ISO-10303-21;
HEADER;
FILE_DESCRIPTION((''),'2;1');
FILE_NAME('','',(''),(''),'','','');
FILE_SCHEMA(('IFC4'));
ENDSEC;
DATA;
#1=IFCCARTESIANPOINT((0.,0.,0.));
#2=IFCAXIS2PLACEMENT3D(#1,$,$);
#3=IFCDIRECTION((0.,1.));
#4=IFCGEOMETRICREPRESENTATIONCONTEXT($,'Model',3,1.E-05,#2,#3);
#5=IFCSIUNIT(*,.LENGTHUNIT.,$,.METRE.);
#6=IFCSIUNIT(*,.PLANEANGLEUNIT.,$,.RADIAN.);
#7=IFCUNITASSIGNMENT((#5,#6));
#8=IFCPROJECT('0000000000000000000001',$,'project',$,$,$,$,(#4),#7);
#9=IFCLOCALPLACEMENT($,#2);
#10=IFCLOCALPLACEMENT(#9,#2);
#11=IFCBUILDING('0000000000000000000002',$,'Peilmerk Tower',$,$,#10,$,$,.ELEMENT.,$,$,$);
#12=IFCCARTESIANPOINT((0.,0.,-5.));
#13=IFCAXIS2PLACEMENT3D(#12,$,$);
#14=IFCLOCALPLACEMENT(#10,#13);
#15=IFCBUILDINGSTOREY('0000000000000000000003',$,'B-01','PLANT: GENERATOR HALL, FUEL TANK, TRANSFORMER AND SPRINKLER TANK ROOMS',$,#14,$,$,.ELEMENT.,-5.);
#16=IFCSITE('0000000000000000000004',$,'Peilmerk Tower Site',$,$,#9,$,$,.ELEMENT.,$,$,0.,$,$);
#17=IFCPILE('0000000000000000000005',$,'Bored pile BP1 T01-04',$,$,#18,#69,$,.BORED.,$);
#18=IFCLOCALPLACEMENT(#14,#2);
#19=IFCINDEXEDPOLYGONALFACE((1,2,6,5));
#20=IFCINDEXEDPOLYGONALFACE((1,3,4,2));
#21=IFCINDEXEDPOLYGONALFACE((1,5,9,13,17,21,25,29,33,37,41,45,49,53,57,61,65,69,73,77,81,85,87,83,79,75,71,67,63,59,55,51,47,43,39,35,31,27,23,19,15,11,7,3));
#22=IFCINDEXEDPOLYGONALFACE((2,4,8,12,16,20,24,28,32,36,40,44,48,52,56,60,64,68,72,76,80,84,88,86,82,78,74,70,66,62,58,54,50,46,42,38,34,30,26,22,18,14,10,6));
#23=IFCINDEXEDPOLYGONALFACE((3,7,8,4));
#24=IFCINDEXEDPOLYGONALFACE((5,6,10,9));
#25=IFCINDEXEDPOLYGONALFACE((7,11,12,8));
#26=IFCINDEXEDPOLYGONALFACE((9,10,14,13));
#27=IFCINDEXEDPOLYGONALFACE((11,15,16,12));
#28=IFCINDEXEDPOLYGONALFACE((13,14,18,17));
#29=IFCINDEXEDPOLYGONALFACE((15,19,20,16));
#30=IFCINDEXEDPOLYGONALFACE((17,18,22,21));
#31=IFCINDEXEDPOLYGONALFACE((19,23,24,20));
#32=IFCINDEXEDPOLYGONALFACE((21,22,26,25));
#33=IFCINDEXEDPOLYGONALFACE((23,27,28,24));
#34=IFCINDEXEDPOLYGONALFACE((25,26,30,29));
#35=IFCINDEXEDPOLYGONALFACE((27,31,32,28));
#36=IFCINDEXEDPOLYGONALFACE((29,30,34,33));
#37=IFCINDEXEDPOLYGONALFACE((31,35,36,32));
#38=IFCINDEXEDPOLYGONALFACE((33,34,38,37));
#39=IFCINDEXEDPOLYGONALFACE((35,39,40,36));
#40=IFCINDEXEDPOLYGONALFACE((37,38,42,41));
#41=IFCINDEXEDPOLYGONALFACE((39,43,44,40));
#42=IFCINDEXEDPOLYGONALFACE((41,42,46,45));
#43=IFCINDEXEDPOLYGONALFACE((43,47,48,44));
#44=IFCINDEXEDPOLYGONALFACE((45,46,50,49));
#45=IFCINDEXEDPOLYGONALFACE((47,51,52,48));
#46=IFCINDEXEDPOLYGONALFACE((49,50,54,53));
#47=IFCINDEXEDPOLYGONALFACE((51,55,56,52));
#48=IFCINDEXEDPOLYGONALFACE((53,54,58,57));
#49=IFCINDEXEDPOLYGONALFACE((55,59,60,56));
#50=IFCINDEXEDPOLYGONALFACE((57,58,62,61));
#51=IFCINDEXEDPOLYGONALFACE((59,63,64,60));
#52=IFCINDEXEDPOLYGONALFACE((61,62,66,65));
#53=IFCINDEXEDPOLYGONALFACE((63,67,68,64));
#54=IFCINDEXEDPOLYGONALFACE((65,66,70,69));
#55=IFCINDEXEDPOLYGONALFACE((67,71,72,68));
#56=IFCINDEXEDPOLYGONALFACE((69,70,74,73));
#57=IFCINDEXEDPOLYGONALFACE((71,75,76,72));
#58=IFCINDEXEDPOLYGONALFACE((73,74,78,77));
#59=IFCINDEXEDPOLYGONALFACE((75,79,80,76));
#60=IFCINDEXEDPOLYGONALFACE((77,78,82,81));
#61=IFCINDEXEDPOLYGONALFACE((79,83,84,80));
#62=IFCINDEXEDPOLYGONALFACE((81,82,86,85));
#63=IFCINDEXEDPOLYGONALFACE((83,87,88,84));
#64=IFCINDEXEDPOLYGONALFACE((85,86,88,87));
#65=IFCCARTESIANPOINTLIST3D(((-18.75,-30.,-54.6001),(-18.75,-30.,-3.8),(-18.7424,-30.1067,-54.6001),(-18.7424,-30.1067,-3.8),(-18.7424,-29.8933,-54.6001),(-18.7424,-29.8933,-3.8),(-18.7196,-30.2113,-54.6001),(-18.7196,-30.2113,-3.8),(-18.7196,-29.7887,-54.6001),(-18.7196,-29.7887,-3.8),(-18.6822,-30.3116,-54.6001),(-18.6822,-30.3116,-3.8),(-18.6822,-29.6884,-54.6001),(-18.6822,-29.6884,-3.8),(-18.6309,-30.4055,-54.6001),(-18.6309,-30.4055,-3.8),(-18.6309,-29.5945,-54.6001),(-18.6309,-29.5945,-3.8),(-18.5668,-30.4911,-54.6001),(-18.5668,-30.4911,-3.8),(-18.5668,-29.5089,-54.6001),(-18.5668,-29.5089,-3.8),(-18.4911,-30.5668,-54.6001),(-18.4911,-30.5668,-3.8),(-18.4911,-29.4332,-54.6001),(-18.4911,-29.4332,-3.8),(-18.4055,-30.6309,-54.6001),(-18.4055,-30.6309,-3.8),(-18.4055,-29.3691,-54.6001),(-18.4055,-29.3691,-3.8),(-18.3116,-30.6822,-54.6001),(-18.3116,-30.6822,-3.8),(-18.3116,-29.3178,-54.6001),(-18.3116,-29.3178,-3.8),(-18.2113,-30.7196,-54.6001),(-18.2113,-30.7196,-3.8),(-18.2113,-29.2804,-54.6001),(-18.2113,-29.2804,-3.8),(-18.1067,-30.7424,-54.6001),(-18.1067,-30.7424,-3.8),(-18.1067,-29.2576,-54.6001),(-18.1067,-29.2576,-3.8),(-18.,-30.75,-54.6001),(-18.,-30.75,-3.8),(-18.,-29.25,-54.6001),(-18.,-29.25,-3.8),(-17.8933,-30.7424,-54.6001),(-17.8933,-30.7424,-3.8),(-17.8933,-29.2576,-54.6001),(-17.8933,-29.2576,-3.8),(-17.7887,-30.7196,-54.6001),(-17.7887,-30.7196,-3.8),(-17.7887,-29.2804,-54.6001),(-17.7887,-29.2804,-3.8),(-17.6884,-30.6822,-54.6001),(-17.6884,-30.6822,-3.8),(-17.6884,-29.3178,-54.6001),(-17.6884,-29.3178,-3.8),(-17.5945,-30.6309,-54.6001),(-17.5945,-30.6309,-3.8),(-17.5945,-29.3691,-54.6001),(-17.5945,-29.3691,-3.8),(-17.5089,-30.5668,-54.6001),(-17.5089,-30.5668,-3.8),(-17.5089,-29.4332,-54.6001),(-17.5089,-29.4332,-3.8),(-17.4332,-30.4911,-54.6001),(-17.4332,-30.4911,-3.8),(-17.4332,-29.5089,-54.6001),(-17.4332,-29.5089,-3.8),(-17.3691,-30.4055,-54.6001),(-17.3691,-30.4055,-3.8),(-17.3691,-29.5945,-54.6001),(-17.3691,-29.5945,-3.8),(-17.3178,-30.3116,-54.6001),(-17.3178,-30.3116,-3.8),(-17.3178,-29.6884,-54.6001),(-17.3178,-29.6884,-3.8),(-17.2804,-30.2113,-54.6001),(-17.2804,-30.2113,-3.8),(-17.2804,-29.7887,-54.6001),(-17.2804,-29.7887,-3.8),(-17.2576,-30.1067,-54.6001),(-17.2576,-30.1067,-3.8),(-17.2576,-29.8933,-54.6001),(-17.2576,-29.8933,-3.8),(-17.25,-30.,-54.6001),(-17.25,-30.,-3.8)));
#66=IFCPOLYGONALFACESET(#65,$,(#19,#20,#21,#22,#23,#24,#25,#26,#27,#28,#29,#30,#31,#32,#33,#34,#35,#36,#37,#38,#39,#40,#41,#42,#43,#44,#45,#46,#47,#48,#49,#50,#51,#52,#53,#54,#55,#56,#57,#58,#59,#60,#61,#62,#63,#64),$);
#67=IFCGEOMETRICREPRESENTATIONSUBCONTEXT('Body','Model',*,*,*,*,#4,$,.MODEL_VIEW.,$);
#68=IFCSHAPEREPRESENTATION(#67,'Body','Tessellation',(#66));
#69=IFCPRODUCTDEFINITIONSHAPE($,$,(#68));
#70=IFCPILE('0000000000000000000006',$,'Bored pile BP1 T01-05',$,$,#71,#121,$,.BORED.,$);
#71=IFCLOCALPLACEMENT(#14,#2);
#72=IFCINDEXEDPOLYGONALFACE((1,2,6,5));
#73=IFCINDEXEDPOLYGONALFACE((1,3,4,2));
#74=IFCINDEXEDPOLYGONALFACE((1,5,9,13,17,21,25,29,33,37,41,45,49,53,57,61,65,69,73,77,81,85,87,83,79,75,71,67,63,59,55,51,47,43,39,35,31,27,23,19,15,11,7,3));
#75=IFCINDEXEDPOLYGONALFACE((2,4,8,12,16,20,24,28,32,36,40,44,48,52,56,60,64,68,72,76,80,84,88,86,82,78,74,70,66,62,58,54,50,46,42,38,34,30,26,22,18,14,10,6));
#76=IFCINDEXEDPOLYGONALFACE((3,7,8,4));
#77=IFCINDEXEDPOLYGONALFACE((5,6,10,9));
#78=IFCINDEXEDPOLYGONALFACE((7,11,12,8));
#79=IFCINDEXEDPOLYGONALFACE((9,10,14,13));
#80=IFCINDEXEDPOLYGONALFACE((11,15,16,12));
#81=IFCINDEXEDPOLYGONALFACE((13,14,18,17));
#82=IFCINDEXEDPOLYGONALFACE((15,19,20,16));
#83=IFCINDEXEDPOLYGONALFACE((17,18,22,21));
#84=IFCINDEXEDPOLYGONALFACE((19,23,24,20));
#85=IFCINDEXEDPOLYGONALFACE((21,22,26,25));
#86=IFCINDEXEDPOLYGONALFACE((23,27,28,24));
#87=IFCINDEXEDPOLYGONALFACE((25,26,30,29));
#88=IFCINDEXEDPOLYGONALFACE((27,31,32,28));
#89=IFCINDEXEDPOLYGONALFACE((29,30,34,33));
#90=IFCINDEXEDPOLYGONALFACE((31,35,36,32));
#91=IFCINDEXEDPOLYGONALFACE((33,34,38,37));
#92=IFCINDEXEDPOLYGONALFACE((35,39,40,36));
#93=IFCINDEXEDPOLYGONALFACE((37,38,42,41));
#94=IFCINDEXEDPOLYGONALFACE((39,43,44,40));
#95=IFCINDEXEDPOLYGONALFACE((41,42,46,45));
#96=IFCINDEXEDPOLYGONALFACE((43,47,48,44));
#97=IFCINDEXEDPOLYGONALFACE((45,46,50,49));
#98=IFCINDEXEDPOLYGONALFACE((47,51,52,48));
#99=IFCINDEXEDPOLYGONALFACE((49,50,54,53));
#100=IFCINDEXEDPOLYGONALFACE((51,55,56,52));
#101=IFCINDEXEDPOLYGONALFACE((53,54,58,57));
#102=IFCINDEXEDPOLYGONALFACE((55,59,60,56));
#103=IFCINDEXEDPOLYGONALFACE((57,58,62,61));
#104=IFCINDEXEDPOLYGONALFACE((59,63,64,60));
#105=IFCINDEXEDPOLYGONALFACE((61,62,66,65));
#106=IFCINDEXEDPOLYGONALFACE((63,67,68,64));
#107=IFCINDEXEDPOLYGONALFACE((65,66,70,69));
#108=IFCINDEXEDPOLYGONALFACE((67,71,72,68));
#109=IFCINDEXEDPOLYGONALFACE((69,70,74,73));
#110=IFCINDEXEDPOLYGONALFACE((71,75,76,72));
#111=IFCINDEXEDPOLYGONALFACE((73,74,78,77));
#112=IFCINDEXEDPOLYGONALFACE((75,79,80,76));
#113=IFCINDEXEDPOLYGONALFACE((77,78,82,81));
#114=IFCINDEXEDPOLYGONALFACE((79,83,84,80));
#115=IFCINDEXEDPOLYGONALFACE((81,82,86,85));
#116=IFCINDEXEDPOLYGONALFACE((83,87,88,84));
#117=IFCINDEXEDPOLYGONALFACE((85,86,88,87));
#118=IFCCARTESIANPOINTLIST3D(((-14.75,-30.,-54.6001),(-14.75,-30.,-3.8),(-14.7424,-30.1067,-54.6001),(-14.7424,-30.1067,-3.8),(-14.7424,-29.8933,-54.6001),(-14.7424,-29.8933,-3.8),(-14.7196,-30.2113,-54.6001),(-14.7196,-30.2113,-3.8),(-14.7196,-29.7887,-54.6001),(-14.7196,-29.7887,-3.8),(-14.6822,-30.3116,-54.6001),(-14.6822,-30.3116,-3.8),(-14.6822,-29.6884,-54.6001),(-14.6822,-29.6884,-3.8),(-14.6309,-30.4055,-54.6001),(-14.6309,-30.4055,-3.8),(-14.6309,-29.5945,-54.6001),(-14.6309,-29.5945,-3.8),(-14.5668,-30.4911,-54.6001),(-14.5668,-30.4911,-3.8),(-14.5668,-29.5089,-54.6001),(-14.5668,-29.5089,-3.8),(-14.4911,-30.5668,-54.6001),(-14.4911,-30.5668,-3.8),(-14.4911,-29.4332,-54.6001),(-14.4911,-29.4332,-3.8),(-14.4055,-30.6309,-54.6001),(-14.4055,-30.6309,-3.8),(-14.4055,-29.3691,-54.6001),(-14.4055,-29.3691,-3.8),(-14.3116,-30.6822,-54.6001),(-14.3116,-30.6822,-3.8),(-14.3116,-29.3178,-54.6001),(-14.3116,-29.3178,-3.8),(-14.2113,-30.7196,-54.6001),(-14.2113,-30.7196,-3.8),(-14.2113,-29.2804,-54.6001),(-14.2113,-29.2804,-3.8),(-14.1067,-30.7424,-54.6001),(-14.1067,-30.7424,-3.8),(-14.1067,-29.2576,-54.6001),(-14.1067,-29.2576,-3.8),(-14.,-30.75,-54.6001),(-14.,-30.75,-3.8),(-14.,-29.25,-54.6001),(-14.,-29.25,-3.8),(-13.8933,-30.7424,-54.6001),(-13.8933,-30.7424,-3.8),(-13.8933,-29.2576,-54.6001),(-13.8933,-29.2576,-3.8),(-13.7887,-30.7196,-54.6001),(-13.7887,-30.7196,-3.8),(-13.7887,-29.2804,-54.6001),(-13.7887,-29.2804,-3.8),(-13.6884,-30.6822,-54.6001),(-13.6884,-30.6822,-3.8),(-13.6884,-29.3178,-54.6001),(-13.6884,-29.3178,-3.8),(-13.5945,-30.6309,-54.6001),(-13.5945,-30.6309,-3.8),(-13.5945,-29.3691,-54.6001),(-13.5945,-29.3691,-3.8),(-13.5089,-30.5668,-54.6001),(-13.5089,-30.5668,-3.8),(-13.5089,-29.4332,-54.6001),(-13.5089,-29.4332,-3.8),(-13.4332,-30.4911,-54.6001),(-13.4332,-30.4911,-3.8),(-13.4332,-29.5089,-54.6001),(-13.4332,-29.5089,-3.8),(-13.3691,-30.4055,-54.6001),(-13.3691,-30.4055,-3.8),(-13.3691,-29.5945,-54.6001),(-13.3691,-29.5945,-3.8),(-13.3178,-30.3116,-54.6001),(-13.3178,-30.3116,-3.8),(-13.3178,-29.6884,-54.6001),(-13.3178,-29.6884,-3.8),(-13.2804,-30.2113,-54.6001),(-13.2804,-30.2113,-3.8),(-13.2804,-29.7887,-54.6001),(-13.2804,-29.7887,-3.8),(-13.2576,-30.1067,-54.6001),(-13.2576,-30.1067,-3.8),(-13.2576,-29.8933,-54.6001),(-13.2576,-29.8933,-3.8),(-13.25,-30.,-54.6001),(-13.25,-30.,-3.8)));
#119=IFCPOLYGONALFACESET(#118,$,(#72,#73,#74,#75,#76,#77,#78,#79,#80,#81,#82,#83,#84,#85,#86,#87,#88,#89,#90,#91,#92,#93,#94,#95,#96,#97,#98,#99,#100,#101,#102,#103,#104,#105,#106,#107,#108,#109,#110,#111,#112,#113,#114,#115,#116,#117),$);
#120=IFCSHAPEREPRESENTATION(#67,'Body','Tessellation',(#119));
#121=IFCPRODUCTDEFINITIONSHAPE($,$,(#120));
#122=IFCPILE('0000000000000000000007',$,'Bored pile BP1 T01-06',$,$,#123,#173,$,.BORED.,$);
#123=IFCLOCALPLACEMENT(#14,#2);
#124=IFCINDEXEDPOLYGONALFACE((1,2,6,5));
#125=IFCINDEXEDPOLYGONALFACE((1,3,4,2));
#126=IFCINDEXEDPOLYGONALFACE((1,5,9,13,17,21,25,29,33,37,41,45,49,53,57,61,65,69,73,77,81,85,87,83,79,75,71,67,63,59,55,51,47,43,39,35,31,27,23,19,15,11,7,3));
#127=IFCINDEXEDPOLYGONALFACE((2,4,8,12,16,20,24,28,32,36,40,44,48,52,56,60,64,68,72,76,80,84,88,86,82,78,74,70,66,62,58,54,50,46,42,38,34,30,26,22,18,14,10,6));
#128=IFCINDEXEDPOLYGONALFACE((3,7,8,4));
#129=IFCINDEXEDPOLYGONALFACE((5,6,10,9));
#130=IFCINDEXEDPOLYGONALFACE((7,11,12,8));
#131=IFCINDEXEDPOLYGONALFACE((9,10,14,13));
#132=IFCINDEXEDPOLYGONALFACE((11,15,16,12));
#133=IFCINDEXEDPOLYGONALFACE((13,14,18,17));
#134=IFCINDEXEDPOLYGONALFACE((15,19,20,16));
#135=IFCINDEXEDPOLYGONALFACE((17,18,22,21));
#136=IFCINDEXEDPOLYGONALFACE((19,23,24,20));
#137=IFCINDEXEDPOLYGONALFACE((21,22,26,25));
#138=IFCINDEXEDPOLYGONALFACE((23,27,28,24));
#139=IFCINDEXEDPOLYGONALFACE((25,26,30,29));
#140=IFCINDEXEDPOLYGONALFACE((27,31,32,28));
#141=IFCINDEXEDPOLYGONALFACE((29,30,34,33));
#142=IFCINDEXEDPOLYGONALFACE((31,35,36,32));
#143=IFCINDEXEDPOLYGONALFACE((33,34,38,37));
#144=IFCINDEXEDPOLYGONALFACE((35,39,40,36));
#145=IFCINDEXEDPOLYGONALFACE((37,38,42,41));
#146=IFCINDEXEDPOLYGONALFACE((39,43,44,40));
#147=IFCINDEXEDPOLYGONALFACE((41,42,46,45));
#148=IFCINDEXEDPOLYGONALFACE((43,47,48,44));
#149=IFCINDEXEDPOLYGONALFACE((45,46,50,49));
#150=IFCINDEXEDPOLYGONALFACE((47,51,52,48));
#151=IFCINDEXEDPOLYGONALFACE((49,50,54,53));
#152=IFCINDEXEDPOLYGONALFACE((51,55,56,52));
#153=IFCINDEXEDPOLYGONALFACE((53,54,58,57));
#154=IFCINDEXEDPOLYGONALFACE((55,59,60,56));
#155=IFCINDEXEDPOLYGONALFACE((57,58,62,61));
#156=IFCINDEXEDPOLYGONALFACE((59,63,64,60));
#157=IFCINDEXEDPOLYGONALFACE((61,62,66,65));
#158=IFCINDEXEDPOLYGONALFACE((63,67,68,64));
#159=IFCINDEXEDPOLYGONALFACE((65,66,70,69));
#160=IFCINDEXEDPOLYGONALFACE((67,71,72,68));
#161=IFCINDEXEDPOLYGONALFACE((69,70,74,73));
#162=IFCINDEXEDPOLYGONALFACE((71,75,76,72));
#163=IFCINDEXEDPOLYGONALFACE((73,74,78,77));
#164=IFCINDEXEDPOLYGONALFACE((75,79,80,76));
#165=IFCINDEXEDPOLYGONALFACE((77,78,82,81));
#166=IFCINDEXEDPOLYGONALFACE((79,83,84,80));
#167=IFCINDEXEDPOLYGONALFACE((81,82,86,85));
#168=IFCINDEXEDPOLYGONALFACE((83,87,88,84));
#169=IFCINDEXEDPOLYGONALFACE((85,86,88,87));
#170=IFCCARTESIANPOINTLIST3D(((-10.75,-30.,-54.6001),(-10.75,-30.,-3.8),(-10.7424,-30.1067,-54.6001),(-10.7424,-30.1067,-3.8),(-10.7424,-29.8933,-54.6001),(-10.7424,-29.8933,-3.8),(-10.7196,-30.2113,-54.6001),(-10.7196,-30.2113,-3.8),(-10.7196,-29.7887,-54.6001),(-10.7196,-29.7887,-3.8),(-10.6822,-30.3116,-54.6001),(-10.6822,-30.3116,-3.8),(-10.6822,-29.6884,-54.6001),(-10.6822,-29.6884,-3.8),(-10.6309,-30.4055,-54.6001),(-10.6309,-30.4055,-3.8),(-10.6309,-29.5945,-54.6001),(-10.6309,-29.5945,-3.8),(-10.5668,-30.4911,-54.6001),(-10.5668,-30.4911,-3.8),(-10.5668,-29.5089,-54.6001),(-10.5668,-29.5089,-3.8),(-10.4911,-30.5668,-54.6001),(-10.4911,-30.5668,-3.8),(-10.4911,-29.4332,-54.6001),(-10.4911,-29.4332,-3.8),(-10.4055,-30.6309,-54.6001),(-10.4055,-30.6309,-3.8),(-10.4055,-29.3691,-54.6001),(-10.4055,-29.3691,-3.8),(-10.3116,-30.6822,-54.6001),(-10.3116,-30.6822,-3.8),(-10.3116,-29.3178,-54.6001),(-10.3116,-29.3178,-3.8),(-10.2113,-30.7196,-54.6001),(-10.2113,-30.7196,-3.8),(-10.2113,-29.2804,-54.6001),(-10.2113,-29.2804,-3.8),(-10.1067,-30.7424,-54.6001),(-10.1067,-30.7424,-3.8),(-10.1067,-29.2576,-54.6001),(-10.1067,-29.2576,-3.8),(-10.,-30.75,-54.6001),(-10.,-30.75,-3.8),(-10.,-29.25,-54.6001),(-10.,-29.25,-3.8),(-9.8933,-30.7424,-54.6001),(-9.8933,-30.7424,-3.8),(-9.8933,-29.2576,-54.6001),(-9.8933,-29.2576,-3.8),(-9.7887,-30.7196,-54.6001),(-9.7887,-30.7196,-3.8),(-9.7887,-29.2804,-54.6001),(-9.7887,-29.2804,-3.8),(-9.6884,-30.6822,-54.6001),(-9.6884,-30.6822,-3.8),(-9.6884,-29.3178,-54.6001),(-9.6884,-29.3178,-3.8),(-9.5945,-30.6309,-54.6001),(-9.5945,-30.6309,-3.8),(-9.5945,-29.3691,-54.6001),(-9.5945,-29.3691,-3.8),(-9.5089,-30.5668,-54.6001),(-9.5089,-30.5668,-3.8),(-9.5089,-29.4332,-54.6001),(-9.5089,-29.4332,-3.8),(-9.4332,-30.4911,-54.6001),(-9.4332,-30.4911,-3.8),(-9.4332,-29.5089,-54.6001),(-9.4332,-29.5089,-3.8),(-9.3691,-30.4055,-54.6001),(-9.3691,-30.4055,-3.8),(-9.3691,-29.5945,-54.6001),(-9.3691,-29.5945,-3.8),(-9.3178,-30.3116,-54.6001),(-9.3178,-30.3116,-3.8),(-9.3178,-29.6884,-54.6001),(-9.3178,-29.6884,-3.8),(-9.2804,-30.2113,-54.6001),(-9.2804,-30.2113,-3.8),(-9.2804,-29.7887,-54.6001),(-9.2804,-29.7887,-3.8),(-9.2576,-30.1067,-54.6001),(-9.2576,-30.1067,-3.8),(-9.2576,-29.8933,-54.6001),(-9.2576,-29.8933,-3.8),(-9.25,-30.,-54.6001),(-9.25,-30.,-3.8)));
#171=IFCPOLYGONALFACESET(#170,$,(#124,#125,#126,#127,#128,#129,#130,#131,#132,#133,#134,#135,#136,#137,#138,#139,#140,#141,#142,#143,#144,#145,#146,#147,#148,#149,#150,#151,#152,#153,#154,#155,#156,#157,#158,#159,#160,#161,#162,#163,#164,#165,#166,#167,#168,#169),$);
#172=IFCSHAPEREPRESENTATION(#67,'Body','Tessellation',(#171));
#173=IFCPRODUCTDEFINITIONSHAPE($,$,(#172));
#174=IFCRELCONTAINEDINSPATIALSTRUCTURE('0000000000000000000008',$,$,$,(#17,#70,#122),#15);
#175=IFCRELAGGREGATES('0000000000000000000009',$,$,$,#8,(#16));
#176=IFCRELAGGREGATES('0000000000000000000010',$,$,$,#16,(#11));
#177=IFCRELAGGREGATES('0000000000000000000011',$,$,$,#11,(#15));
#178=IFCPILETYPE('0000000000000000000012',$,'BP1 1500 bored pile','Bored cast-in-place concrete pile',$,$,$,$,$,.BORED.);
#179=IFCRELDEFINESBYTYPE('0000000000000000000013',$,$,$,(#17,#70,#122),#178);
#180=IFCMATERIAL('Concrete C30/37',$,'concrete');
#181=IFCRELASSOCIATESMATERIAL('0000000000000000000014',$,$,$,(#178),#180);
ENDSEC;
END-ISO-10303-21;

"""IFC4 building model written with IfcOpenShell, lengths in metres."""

from ifc_helpers import new_model, si_unit, direction, frame, origin, origin_2d, place, context, subcontext, project, spatial, circle, extrude, material, material_profile, profile_set, type_object, element, save


model = new_model("IFC4")

# Units and contexts
model_context = context("Model", 3, precision=1e-05, world=origin(), true_north=direction((0.0, 1.0)))
body_context = subcontext(model_context, "Body", "Model", "MODEL_VIEW")
ifc_project = project(units=[si_unit("LENGTHUNIT", "METRE"), si_unit("PLANEANGLEUNIT", "RADIAN")], contexts=[model_context])

# Site, building, storey
site_placement = place(None, origin())
site = spatial("IfcSite", under=ifc_project, at=site_placement, Name="Peilmerk Tower Site", CompositionType="ELEMENT", RefElevation=0.0)
building_placement = place(site_placement, origin())
building = spatial("IfcBuilding", under=site, at=building_placement, Name="Peilmerk Tower", CompositionType="ELEMENT")
storey_placement = place(building_placement, frame((0.0, 0.0, -5.0)))
storey = spatial("IfcBuildingStorey", under=building, at=storey_placement, Name="B-01", Description="PLANT: GENERATOR HALL, FUEL TANK, TRANSFORMER AND SPRINKLER TANK ROOMS", CompositionType="ELEMENT", Elevation=-5.0)

# Piles
ifc_material_1 = material(Name="Concrete C30/37", Category="concrete")
ifc_material_profile_1 = material_profile(ifc_material_1, circle(Radius=0.75, at=origin_2d()), Name="BP 1500")
ifc_profile_set_1 = profile_set([ifc_material_profile_1], Name="Concrete C30/37")
pile_type = type_object("IfcPileType", Name="BP1 1500 bored pile", Description="Bored cast-in-place concrete pile", PredefinedType="BORED", material=ifc_profile_set_1)
for number, where, z_axis, x_axis, name in (
    (1, (-18.0, -30.0, -3.8), (0.0, 0.0, -1.0), (1.0, 0.0, 0.0), "Bored pile BP1 T01-04"),
    (2, (-14.0, -30.0, -3.8), (0.0, 0.0, -1.0), (1.0, 0.0, 0.0), "Bored pile BP1 T01-05"),
    (3, (-10.0, -30.0, -3.8), (0.0, 0.0, -1.0), (1.0, 0.0, 0.0), "Bored pile BP1 T01-06"),
):
    element("IfcPile", number, at=place(storey_placement, frame(where, z_axis=z_axis, x_axis=x_axis)), inside=storey, type_object=pile_type, Name=name, PredefinedType="BORED", context=body_context, shape_type="SweptSolid", body=[
        extrude(circle(Radius=0.75, at=origin_2d()), origin(), (0.0, 0.0, 1.0), 50.8),
    ])

save(model, "model.ifc")
